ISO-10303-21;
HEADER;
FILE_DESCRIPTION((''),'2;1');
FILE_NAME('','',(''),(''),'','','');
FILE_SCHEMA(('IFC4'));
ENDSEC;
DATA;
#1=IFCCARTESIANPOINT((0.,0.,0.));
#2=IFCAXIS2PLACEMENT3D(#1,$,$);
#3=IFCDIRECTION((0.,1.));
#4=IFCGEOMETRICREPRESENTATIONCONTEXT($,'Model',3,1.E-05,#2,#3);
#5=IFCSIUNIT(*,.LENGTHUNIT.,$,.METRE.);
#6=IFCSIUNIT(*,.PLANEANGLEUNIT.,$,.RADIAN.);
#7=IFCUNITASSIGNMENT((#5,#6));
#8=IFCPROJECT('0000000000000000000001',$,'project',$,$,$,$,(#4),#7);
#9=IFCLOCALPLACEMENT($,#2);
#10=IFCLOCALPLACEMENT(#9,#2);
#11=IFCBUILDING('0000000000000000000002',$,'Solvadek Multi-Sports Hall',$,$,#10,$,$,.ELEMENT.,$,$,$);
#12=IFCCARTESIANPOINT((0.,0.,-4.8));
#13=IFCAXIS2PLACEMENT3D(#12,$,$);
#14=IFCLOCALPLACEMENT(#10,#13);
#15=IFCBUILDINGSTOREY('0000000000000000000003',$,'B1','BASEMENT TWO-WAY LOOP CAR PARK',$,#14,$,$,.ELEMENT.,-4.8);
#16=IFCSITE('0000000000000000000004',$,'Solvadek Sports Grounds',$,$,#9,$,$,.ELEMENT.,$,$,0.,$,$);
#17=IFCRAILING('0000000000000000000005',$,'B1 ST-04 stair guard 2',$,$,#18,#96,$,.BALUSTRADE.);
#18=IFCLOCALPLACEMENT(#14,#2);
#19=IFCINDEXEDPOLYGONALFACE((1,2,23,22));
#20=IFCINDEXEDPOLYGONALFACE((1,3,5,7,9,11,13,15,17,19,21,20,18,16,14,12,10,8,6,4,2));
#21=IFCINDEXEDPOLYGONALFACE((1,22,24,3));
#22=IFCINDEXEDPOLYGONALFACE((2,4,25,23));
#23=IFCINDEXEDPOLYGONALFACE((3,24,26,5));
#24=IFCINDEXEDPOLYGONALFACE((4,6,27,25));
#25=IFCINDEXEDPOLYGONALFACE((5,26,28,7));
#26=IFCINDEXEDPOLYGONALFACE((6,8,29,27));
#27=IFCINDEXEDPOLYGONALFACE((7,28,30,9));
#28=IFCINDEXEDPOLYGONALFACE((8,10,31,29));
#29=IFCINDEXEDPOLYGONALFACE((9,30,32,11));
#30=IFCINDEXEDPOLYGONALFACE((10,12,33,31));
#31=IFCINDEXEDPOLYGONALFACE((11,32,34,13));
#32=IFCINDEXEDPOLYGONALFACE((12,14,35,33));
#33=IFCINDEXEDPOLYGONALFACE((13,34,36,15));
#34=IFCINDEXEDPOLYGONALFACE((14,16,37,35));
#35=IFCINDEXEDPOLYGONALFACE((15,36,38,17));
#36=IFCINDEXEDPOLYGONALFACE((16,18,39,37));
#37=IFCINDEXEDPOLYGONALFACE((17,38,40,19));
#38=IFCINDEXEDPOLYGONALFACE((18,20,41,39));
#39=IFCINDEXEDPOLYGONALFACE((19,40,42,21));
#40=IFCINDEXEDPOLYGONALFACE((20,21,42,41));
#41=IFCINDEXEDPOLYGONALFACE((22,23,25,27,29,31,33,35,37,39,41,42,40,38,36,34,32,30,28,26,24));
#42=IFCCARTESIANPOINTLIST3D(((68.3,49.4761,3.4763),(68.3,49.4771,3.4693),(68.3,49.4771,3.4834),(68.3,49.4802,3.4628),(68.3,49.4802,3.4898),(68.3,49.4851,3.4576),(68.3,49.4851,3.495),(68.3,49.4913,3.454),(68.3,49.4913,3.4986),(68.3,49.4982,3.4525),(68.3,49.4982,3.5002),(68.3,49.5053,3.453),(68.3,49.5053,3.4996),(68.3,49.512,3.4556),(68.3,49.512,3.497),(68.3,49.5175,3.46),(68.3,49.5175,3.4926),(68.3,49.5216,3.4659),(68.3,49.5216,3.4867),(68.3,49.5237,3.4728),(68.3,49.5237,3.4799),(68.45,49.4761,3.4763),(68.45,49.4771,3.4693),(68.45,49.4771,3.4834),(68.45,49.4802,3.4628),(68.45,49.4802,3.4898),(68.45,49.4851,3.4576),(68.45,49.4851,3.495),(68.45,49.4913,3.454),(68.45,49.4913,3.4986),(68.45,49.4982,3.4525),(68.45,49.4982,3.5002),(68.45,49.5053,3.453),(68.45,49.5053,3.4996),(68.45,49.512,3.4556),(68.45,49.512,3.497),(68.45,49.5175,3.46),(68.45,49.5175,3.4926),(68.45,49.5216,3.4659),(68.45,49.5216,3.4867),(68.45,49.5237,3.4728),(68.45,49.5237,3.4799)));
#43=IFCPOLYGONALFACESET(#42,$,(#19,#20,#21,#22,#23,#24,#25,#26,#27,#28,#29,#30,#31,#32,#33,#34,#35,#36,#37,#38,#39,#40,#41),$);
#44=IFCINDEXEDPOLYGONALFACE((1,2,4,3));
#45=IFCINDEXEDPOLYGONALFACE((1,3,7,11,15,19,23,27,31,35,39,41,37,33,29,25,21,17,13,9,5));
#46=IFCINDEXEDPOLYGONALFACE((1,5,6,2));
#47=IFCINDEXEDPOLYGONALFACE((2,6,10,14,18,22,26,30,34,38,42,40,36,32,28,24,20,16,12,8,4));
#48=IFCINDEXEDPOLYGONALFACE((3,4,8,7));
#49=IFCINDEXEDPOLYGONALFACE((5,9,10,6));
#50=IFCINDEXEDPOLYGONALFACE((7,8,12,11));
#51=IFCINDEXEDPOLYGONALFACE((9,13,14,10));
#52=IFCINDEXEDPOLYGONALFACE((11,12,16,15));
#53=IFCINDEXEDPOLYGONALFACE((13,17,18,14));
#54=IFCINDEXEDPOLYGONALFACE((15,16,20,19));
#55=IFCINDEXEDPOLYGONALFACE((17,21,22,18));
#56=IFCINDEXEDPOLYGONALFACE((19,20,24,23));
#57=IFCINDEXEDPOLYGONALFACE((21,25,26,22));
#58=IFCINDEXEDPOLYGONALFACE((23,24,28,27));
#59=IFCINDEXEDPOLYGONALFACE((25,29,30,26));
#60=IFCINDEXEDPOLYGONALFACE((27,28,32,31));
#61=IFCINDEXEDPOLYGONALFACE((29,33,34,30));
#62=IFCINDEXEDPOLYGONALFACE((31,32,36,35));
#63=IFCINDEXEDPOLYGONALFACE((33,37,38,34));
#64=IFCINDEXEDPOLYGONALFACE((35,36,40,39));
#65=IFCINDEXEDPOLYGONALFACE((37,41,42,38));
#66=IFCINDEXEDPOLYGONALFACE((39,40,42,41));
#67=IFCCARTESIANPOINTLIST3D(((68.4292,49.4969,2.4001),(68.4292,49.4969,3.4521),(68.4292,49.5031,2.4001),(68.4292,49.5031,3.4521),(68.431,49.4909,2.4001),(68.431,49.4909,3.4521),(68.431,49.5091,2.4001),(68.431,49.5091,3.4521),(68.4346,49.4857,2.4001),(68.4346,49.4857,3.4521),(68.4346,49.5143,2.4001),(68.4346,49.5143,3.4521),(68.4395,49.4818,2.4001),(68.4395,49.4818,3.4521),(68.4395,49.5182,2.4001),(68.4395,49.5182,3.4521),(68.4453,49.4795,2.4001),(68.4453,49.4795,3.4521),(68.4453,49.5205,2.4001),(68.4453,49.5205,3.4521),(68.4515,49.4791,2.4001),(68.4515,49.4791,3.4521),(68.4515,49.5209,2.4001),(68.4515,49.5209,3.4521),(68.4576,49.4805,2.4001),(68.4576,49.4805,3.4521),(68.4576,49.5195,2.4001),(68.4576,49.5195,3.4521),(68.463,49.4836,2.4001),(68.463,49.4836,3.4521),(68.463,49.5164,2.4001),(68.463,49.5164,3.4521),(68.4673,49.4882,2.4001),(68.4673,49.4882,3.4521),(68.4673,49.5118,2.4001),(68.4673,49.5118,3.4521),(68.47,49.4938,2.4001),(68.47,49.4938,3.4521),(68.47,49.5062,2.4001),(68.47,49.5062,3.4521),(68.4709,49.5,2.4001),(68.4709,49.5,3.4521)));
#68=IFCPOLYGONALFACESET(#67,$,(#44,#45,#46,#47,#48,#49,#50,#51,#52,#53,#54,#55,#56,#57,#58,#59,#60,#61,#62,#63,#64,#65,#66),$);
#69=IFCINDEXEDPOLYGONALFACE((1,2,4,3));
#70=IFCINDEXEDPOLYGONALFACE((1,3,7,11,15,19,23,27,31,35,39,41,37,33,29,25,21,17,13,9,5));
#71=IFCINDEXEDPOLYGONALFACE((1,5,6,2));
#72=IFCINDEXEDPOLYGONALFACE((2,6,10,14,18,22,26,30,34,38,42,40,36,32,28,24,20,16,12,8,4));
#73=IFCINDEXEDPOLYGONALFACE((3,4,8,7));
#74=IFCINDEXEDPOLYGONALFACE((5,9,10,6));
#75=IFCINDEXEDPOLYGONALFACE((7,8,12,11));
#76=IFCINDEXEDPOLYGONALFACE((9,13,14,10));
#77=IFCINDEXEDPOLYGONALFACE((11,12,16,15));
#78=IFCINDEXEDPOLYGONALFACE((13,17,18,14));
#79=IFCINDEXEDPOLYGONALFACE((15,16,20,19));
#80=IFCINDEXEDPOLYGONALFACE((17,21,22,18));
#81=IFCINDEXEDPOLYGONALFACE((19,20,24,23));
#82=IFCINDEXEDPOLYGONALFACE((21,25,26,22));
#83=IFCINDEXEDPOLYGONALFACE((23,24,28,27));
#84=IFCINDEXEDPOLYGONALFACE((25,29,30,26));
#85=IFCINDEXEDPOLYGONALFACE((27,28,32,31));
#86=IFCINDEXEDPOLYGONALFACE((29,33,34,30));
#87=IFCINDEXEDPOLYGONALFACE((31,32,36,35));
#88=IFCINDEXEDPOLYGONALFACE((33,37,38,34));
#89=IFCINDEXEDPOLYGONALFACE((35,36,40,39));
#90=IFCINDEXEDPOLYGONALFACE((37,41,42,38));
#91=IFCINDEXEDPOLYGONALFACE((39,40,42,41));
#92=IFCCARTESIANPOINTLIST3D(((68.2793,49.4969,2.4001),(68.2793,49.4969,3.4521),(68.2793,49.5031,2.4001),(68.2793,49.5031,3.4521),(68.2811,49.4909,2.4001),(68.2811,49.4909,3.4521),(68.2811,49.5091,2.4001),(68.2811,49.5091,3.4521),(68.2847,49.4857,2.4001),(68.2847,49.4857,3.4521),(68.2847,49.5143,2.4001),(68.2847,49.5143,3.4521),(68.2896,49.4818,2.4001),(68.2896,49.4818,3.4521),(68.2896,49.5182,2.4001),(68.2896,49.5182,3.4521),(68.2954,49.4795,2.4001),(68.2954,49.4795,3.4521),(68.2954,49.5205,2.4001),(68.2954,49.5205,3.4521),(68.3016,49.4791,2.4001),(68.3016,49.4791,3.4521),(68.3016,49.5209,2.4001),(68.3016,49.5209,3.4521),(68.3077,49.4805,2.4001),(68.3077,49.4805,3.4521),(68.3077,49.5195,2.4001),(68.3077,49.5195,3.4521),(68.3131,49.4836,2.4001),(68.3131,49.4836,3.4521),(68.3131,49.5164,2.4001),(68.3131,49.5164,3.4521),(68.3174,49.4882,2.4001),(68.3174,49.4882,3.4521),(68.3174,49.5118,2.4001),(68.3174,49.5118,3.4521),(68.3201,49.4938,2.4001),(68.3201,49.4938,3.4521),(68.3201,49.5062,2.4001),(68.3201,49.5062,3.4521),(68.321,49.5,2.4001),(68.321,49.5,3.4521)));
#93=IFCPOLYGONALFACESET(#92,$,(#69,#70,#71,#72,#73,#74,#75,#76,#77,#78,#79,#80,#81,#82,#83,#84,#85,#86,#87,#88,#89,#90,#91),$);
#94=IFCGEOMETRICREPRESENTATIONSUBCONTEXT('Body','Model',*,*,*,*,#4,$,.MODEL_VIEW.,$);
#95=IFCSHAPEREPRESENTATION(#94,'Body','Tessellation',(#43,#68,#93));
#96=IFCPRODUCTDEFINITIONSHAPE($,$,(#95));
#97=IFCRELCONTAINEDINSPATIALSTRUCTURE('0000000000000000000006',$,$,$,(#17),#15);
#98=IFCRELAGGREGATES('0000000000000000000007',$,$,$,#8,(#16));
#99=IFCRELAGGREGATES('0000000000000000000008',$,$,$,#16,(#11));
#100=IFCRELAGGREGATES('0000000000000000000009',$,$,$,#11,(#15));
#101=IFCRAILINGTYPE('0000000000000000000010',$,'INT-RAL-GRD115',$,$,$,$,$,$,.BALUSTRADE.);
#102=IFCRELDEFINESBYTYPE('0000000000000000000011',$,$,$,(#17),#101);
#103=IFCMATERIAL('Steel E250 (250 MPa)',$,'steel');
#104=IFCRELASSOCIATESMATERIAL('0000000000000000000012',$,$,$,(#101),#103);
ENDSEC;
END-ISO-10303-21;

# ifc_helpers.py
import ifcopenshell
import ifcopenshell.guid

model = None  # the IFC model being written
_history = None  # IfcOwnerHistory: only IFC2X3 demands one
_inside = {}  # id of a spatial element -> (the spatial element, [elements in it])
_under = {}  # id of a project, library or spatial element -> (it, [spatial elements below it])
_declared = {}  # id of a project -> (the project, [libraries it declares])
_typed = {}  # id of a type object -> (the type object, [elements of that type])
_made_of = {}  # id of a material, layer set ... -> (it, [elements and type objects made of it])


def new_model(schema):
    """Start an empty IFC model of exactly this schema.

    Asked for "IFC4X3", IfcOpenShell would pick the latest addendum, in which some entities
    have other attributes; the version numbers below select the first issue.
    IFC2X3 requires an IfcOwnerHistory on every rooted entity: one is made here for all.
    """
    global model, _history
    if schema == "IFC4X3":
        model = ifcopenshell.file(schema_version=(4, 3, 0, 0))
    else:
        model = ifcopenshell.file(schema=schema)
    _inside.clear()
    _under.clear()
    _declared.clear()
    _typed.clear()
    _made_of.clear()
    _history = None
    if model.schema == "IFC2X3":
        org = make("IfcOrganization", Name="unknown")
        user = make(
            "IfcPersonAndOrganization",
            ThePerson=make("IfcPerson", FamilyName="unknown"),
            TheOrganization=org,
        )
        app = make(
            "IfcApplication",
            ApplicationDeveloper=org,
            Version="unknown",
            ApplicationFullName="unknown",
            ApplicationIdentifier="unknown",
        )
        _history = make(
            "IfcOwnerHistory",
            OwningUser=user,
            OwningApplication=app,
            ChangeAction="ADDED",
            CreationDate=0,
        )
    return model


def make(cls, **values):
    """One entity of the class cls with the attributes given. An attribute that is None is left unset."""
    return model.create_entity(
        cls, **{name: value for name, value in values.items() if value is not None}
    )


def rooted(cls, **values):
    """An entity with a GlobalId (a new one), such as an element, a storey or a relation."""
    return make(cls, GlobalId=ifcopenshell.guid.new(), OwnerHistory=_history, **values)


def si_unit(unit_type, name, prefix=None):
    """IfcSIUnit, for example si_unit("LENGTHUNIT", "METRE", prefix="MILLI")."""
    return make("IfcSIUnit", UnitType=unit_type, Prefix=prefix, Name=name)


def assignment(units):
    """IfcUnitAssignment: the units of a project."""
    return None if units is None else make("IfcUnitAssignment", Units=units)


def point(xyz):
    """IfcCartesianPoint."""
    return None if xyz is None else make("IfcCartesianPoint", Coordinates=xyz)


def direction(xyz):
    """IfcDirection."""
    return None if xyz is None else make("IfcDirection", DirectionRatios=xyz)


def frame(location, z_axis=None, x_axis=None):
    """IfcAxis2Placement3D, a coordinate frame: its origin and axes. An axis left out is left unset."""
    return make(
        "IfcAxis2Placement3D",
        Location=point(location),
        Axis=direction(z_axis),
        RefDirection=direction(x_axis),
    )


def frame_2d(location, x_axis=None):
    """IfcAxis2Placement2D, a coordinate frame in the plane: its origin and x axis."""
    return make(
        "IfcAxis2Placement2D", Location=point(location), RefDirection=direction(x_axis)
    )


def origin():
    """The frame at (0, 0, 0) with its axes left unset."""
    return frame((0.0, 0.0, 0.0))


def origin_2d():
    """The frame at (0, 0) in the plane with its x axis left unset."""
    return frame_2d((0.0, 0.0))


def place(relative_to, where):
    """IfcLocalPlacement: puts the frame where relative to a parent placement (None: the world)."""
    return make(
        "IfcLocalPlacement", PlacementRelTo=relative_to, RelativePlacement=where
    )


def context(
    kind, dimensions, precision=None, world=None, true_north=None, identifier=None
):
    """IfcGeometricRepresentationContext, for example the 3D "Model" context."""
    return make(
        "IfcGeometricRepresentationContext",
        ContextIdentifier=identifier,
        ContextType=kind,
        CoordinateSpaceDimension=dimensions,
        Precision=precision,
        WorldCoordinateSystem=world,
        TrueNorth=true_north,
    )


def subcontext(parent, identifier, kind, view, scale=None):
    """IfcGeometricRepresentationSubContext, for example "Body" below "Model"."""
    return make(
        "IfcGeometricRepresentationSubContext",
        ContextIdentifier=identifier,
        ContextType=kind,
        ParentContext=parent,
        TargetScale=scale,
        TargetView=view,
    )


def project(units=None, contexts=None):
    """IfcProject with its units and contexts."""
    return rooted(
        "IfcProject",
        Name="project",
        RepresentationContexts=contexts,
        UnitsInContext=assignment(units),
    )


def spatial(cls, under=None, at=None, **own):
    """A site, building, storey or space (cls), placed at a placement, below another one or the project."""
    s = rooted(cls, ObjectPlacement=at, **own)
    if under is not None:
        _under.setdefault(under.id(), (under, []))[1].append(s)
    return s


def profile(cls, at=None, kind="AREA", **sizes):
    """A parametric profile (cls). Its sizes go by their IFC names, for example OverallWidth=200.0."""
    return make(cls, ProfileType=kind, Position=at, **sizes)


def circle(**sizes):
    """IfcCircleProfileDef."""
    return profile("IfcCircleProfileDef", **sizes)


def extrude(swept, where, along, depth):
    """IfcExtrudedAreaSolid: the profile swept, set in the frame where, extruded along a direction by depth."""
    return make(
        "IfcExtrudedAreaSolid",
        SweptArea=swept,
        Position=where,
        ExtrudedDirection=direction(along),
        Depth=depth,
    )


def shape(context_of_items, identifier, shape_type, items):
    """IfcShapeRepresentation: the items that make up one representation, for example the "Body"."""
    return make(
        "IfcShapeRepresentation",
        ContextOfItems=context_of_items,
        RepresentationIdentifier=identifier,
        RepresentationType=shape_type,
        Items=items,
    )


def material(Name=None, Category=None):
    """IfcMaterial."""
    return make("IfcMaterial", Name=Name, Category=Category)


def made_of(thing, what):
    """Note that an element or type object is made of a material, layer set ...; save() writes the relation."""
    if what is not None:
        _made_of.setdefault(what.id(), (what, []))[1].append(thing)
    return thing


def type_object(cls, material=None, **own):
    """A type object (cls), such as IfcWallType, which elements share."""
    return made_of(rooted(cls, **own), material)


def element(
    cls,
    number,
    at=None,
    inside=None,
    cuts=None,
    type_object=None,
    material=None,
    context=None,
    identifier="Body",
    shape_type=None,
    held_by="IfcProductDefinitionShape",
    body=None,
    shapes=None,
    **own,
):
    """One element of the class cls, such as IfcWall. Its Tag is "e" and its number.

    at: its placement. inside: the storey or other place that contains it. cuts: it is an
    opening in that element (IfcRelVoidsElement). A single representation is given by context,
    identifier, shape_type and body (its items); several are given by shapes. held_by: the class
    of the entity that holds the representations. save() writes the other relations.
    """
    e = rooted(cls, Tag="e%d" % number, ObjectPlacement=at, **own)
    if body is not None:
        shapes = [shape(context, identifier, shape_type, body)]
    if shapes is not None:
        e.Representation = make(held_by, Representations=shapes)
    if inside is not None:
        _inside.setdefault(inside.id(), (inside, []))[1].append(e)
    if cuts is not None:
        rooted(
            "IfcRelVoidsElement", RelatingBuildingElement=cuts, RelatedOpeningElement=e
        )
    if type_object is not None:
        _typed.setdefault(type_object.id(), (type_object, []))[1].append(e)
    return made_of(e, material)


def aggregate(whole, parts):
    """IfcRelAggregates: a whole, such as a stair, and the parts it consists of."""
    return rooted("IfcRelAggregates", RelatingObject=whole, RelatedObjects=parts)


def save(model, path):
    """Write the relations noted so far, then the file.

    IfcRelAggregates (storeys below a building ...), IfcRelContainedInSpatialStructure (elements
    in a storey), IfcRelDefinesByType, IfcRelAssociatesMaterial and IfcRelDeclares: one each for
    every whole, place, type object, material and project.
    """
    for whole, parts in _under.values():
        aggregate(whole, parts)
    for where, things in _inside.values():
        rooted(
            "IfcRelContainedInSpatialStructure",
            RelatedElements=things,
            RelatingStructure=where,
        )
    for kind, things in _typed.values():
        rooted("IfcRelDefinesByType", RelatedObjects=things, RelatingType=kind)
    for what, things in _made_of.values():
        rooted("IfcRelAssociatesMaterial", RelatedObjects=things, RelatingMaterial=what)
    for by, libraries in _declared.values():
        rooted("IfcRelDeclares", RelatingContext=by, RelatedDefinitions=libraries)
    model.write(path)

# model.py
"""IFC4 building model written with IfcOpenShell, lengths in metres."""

from ifc_helpers import new_model, si_unit, direction, frame, origin, origin_2d, place, context, subcontext, project, spatial, circle, extrude, material, type_object, element, save


model = new_model("IFC4")

# Units and contexts
model_context = context("Model", 3, precision=1e-05, world=origin(), true_north=direction((0.0, 1.0)))
body_context = subcontext(model_context, "Body", "Model", "MODEL_VIEW")
ifc_project = project(units=[si_unit("LENGTHUNIT", "METRE"), si_unit("PLANEANGLEUNIT", "RADIAN")], contexts=[model_context])

# Site, building, storey
site_placement = place(None, origin())
site = spatial("IfcSite", under=ifc_project, at=site_placement, Name="Solvadek Sports Grounds", CompositionType="ELEMENT", RefElevation=0.0)
building_placement = place(site_placement, origin())
building = spatial("IfcBuilding", under=site, at=building_placement, Name="Solvadek Multi-Sports Hall", CompositionType="ELEMENT")
storey_placement = place(building_placement, frame((0.0, 0.0, -4.8)))
storey = spatial("IfcBuildingStorey", under=building, at=storey_placement, Name="B1", Description="BASEMENT TWO-WAY LOOP CAR PARK", CompositionType="ELEMENT", Elevation=-4.8)

# Railing
ifc_material_1 = material(Name="Steel E250 (250 MPa)", Category="steel")
railing_type = type_object("IfcRailingType", Name="INT-RAL-GRD115", PredefinedType="BALUSTRADE", material=ifc_material_1)
railing_1_placement = place(storey_placement, frame((68.45, 49.5, 2.4001)))
element("IfcRailing", 1, at=railing_1_placement, inside=storey, type_object=railing_type, Name="B1 ST-04 stair guard 2", PredefinedType="BALUSTRADE", context=body_context, shape_type="SweptSolid", body=[
    extrude(circle(Radius=0.0239, at=origin_2d()), frame((0.0, 0.0, 1.0762), z_axis=(-1.0, 0.0, 0.0), x_axis=(0.0, -1.0, 0.0)), (0.0, 0.0, 1.0), 0.1499),
    extrude(circle(Radius=0.021, at=origin_2d()), origin(), (0.0, 0.0, 1.0), 1.052),
    extrude(circle(Radius=0.021, at=origin_2d()), frame((-0.1499, 0.0, 0.0)), (0.0, 0.0, 1.0), 1.052),
])

save(model, "model.ifc")
